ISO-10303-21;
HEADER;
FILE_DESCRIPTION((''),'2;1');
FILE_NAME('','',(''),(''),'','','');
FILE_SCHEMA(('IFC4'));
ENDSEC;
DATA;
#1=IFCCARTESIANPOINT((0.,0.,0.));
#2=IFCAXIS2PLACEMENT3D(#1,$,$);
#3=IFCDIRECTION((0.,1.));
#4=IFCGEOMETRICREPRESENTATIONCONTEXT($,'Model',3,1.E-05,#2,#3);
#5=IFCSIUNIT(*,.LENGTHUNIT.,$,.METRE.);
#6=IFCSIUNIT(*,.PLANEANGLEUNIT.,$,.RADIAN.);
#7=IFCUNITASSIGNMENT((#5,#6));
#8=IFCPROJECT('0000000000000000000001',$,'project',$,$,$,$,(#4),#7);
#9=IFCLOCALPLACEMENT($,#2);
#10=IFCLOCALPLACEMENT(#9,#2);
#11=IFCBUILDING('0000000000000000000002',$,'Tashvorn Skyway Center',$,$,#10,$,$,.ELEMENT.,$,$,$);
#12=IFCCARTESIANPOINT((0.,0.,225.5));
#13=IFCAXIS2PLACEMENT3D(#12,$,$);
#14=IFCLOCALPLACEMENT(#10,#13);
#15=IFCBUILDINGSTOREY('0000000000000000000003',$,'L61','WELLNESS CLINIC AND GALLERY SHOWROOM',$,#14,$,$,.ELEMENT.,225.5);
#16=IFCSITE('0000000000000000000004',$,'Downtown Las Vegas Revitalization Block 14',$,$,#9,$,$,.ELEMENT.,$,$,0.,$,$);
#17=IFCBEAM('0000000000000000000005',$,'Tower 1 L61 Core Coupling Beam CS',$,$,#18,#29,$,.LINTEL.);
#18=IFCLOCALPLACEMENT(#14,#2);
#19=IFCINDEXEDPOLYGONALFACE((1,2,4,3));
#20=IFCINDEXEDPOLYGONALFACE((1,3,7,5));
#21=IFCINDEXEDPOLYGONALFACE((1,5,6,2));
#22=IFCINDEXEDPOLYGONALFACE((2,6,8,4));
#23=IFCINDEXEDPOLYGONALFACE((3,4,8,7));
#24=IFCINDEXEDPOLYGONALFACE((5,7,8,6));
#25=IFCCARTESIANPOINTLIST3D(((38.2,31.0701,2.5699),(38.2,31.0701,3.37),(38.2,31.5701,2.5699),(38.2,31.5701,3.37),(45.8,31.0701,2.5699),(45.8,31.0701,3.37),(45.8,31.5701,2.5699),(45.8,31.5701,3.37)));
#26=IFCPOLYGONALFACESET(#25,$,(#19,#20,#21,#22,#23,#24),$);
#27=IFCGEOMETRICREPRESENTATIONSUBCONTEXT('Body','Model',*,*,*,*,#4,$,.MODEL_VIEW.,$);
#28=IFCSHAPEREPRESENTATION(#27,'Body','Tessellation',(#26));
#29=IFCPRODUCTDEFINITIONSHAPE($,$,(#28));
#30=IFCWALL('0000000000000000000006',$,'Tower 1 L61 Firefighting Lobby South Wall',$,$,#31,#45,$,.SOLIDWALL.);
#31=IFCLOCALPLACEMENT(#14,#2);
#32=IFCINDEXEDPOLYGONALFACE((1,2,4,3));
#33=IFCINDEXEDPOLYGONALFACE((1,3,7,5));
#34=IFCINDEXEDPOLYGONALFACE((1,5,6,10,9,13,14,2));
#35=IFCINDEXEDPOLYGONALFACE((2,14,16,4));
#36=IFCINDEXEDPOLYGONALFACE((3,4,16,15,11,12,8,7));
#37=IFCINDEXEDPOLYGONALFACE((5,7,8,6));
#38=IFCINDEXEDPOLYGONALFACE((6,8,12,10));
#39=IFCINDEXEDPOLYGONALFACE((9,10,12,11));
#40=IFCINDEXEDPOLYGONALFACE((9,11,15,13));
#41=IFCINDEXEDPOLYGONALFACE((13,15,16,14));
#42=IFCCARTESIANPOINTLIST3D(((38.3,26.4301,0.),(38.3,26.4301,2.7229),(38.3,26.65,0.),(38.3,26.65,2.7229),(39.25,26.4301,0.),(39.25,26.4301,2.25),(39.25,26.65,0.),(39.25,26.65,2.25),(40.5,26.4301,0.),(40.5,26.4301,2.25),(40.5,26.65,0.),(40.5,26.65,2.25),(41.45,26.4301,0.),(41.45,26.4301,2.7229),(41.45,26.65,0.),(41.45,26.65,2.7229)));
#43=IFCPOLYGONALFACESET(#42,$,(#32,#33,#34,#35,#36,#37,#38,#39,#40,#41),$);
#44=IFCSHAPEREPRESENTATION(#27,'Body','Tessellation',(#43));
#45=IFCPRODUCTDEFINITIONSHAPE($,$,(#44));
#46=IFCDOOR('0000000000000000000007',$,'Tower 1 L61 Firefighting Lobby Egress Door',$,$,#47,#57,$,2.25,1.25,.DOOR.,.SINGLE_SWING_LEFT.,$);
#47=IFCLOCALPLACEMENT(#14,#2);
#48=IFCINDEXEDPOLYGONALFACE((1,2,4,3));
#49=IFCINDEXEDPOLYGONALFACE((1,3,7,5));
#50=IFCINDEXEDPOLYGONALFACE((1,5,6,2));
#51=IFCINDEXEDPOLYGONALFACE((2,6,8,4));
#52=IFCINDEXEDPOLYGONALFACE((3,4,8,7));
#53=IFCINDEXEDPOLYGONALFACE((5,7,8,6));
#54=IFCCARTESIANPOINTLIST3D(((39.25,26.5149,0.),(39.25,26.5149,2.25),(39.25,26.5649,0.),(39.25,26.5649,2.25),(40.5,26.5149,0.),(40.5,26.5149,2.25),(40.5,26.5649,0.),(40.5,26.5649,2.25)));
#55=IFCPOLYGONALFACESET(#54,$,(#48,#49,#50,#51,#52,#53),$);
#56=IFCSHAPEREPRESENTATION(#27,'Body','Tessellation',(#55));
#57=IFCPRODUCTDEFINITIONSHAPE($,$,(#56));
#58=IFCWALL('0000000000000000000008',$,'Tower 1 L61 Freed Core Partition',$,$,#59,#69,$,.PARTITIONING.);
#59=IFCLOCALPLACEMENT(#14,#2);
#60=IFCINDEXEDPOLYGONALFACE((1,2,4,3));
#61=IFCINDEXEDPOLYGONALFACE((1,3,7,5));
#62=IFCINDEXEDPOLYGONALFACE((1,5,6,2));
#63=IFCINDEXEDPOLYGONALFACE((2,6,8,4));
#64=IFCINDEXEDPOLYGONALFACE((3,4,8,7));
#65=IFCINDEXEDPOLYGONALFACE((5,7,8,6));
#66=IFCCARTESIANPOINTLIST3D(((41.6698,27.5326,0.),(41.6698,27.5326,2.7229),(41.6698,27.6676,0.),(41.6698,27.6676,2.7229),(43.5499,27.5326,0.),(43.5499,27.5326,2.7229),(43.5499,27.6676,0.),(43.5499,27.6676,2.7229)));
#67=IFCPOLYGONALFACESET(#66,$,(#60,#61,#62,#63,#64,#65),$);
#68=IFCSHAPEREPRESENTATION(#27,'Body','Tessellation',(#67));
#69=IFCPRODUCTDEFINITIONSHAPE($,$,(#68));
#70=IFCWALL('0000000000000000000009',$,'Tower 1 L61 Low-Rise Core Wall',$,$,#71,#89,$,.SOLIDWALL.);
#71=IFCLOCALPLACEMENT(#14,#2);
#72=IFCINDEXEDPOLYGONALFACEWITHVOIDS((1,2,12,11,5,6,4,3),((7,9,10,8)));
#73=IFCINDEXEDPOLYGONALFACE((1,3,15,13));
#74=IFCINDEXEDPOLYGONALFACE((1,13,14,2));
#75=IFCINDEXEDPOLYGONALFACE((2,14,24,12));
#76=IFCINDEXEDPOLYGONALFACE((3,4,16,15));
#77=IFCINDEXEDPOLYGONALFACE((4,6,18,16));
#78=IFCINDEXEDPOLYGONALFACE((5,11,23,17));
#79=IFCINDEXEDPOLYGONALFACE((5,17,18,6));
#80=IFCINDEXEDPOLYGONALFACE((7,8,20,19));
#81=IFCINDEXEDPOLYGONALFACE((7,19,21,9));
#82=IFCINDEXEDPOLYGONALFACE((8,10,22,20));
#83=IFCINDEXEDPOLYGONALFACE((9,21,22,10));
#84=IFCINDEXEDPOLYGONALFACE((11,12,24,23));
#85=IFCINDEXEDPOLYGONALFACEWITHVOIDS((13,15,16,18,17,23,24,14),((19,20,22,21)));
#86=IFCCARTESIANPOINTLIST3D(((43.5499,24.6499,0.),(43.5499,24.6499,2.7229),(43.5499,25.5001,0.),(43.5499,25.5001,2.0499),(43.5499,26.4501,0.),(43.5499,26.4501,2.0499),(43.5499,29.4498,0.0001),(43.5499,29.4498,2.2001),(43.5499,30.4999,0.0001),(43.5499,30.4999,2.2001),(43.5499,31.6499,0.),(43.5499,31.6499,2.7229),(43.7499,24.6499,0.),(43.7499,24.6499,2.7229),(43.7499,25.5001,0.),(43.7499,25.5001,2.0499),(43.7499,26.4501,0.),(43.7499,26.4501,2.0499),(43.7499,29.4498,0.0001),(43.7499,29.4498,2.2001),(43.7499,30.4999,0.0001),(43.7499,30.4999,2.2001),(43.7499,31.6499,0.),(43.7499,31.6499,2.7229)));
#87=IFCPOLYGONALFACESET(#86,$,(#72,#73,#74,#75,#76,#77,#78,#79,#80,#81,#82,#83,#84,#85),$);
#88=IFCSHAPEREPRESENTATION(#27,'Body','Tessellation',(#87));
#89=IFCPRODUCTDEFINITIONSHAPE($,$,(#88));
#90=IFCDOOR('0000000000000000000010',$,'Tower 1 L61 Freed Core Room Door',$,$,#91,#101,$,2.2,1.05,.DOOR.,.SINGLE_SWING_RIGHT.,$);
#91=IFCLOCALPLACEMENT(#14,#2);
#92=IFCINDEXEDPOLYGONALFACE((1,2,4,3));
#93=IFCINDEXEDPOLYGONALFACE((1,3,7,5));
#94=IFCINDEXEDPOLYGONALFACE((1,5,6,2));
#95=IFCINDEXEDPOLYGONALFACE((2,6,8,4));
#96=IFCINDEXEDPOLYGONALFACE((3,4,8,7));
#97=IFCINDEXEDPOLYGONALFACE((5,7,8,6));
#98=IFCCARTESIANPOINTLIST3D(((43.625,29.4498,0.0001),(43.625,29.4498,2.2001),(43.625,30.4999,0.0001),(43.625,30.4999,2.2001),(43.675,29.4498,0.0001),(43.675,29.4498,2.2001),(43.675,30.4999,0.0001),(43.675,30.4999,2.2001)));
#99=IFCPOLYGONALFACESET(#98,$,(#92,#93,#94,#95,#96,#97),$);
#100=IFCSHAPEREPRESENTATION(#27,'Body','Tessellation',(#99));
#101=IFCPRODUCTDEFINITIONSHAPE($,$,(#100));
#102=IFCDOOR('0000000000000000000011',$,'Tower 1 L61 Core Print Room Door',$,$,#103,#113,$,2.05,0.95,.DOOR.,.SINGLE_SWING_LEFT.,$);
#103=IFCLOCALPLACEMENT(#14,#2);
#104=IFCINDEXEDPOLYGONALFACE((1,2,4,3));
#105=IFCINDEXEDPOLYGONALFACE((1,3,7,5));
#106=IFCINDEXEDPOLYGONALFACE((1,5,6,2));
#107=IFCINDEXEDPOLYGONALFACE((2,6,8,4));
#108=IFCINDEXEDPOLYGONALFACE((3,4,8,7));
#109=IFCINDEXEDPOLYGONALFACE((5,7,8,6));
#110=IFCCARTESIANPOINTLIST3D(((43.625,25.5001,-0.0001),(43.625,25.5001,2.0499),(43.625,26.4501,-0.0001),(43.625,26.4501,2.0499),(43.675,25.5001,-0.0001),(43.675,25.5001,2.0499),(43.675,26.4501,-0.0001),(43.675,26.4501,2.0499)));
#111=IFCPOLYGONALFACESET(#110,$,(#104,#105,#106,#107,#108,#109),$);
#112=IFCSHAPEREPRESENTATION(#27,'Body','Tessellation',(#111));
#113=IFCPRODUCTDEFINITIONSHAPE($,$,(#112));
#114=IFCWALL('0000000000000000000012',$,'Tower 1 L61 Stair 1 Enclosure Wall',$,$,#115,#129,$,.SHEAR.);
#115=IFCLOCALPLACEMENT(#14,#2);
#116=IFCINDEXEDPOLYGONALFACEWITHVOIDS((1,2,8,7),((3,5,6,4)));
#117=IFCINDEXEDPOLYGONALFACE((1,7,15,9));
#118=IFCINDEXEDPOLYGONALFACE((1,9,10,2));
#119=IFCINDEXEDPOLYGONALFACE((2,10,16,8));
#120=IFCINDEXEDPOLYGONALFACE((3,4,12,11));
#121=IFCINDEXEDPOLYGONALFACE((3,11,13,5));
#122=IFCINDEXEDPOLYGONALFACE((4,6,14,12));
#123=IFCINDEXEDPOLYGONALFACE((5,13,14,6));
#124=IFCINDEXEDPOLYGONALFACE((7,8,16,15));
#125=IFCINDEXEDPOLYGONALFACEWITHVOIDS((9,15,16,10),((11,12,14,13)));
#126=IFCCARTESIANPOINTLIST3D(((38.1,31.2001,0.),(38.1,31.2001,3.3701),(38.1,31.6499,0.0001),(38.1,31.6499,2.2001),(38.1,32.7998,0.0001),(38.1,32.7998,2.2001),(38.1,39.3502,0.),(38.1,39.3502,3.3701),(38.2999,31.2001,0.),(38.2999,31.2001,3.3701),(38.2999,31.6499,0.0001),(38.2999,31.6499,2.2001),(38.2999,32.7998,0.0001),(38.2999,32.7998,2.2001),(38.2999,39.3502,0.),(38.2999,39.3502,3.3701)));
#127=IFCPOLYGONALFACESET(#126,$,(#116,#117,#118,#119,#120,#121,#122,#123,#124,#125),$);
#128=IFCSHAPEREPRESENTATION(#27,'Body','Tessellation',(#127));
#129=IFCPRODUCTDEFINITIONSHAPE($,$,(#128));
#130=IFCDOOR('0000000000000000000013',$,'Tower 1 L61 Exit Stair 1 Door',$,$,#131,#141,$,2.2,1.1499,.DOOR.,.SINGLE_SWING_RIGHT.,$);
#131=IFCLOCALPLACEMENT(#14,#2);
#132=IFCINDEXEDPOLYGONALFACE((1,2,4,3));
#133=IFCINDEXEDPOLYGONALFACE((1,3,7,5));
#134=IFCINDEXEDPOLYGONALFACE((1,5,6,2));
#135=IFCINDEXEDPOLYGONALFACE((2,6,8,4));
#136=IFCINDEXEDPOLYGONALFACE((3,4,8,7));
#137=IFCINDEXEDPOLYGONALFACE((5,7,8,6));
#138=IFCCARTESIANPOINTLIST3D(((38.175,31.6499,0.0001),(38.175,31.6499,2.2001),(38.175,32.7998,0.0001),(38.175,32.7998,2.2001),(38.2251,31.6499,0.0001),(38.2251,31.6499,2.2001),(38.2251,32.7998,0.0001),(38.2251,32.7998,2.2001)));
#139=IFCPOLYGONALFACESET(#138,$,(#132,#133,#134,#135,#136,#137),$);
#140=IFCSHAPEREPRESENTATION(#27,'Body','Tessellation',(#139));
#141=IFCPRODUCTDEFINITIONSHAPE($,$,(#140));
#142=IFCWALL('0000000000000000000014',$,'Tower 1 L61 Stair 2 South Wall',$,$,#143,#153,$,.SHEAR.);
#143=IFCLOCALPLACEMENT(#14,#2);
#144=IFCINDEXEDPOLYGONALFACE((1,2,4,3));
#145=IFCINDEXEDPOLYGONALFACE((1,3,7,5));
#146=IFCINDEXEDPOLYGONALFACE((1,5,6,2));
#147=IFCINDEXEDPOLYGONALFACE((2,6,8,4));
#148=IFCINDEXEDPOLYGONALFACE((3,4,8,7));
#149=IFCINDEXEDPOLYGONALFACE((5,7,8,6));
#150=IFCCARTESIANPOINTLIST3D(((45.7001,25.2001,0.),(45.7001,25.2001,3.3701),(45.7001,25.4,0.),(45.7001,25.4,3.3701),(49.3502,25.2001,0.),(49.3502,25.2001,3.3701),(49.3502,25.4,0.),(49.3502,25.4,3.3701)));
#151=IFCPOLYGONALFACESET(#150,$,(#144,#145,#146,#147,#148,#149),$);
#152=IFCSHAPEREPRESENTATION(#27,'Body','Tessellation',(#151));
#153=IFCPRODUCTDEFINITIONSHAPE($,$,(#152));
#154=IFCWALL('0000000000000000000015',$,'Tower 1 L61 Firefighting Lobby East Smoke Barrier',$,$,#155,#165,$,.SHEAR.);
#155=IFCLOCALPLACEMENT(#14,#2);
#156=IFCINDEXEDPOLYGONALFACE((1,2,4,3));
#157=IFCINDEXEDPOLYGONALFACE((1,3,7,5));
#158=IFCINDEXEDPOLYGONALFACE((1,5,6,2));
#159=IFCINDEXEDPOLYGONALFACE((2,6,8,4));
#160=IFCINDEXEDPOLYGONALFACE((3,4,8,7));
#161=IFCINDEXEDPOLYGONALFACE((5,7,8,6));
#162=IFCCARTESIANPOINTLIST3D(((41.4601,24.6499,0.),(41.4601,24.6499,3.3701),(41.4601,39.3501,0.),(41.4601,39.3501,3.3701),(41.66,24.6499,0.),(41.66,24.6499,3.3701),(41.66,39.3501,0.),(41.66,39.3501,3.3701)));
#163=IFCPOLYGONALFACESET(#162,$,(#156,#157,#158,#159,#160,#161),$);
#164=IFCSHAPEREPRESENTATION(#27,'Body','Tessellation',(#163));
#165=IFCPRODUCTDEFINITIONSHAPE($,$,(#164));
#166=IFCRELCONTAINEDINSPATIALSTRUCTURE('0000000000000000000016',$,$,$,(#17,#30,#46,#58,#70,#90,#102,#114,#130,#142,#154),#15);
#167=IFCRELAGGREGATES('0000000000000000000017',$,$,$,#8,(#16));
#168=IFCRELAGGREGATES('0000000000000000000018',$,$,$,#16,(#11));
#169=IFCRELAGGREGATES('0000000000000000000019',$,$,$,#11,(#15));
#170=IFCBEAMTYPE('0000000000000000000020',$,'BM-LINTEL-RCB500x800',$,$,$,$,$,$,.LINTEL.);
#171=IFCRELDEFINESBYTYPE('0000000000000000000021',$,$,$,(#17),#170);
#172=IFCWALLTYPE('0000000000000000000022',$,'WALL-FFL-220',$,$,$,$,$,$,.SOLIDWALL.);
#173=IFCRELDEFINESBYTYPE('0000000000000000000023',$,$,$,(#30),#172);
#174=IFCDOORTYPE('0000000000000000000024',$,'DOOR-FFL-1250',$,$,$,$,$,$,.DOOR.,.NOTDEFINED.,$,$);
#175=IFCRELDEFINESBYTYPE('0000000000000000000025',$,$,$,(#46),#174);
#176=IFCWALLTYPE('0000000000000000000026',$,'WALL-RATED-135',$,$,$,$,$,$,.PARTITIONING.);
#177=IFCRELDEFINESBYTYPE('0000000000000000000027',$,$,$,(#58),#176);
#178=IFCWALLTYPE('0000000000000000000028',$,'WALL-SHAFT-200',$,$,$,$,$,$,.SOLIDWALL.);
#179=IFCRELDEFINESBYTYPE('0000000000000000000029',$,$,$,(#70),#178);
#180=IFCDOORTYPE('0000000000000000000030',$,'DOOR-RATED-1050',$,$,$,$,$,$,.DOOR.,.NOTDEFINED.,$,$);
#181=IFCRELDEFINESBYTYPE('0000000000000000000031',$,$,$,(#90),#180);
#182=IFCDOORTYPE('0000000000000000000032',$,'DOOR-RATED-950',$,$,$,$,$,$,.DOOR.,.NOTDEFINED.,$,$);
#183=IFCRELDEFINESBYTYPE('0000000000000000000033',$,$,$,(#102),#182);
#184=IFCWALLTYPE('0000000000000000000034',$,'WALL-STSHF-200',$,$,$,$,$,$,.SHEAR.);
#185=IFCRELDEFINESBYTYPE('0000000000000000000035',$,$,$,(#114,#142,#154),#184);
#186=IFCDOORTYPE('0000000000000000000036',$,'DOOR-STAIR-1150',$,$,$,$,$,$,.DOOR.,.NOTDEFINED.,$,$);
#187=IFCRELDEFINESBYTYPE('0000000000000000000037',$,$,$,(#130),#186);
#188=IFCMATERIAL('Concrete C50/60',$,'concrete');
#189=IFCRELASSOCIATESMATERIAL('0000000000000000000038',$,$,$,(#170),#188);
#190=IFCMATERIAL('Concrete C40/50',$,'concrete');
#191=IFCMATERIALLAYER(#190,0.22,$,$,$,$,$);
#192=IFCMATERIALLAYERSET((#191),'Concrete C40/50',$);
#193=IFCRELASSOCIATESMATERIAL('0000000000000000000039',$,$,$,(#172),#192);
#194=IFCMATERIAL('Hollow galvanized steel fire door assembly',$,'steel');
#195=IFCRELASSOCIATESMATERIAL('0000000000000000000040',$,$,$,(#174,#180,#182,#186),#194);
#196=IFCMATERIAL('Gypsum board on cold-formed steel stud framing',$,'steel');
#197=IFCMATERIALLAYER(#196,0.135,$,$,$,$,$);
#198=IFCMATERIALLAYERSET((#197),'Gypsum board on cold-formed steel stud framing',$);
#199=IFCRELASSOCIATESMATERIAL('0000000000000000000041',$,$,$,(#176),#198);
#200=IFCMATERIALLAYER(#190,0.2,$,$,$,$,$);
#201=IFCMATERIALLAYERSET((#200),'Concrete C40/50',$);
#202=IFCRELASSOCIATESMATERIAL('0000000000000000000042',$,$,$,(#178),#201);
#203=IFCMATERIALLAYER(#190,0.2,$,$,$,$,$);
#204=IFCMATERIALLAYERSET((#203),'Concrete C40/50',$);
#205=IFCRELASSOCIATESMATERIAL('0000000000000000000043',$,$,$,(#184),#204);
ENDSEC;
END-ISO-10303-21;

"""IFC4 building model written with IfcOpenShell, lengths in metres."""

from ifc_helpers import new_model, si_unit, direction, frame, frame_2d, origin, origin_2d, place, context, subcontext, project, spatial, rectangle, extrude, material, layer, layer_set, material_profile, profile_set, type_object, element, fill, save


model = new_model("IFC4")

# Units and contexts
model_context = context("Model", 3, precision=1e-05, world=origin(), true_north=direction((0.0, 1.0)))
body_context = subcontext(model_context, "Body", "Model", "MODEL_VIEW")
ifc_project = project(units=[si_unit("LENGTHUNIT", "METRE"), si_unit("PLANEANGLEUNIT", "RADIAN")], contexts=[model_context])

# Site, building, storey
site_placement = place(None, origin())
site = spatial("IfcSite", under=ifc_project, at=site_placement, Name="Downtown Las Vegas Revitalization Block 14", CompositionType="ELEMENT", RefElevation=0.0)
building_placement = place(site_placement, origin())
building = spatial("IfcBuilding", under=site, at=building_placement, Name="Tashvorn Skyway Center", CompositionType="ELEMENT")
storey_placement = place(building_placement, frame((0.0, 0.0, 225.5)))
storey = spatial("IfcBuildingStorey", under=building, at=storey_placement, Name="L61", Description="WELLNESS CLINIC AND GALLERY SHOWROOM", CompositionType="ELEMENT", Elevation=225.5)

# Beam
ifc_material_1 = material(Name="Concrete C50/60", Category="concrete")
ifc_material_profile = material_profile(ifc_material_1, rectangle(XDim=0.5, YDim=0.8, at=origin_2d()), Name="RCB500x800")
ifc_profile_set = profile_set([ifc_material_profile], Name="Concrete C50/60")
beam_type = type_object("IfcBeamType", Name="BM-LINTEL-RCB500x800", PredefinedType="LINTEL", material=ifc_profile_set)
beam_placement = place(storey_placement, frame((38.2, 31.3201, 2.97), z_axis=(1.0, 0.0, 0.0), x_axis=(0.0, 1.0, 0.0)))
element("IfcBeam", 1, at=beam_placement, inside=storey, type_object=beam_type, Name="Tower 1 L61 Core Coupling Beam CS", PredefinedType="LINTEL", context=body_context, shape_type="SweptSolid", body=[
    extrude(rectangle(XDim=0.5, YDim=0.8, at=origin_2d()), origin(), (0.0, 0.0, 1.0), 7.6001),
])

# Wall, opening, door
ifc_material_2 = material(Name="Concrete C40/50", Category="concrete")
ifc_layer_1 = layer(ifc_material_2, 0.22)
ifc_layer_set_1 = layer_set([ifc_layer_1], Name="Concrete C40/50")
wall_type_1 = type_object("IfcWallType", Name="WALL-FFL-220", PredefinedType="SOLIDWALL", material=ifc_layer_set_1)
wall_1_placement = place(storey_placement, frame((38.3, 26.54, 0.0), z_axis=(0.0, 0.0, 1.0), x_axis=(1.0, 0.0, 0.0)))
wall_1 = element("IfcWall", 2, at=wall_1_placement, inside=storey, type_object=wall_type_1, Name="Tower 1 L61 Firefighting Lobby South Wall", PredefinedType="SOLIDWALL", context=body_context, shape_type="SweptSolid", body=[
    extrude(rectangle(XDim=3.1499, YDim=0.22, at=frame_2d((1.575, 0.0))), origin(), (0.0, 0.0, 1.0), 2.7229),
])
opening_1_placement = place(wall_1_placement, frame((0.95, 0.0, 0.0)))
opening_1 = element("IfcOpeningElement", 3, at=opening_1_placement, cuts=wall_1, PredefinedType="OPENING", context=body_context, shape_type="SweptSolid", body=[
    extrude(rectangle(XDim=1.25, YDim=2.25, at=frame_2d((0.625, 1.125))), frame((0.0, 0.1199, 0.0), z_axis=(0.0, -1.0, 0.0), x_axis=(1.0, 0.0, 0.0)), (0.0, 0.0, 1.0), 0.24),
])
ifc_material_3 = material(Name="Hollow galvanized steel fire door assembly", Category="steel")
door_type_1 = type_object("IfcDoorType", Name="DOOR-FFL-1250", OperationType="NOTDEFINED", PredefinedType="DOOR", material=ifc_material_3)
door_1_placement = place(opening_1_placement, origin())
door_1 = element("IfcDoor", 4, at=door_1_placement, inside=storey, type_object=door_type_1, Name="Tower 1 L61 Firefighting Lobby Egress Door", OperationType="SINGLE_SWING_LEFT", OverallHeight=2.25, OverallWidth=1.25, PredefinedType="DOOR", context=body_context, shape_type="SweptSolid", body=[
    extrude(rectangle(XDim=1.25, YDim=2.25, at=frame_2d((0.625, 1.125))), frame((0.0, 0.0249, 0.0), z_axis=(0.0, -1.0, 0.0), x_axis=(1.0, 0.0, 0.0)), (0.0, 0.0, 1.0), 0.05),
])
fill(opening_1, door_1)

# Wall
ifc_material_4 = material(Name="Gypsum board on cold-formed steel stud framing", Category="steel")
ifc_layer_2 = layer(ifc_material_4, 0.135)
ifc_layer_set_2 = layer_set([ifc_layer_2], Name="Gypsum board on cold-formed steel stud framing")
wall_type_2 = type_object("IfcWallType", Name="WALL-RATED-135", PredefinedType="PARTITIONING", material=ifc_layer_set_2)
wall_2_placement = place(storey_placement, frame((41.6699, 27.6001, 0.0), z_axis=(0.0, 0.0, 1.0), x_axis=(1.0, 0.0, 0.0)))
element("IfcWall", 5, at=wall_2_placement, inside=storey, type_object=wall_type_2, Name="Tower 1 L61 Freed Core Partition", PredefinedType="PARTITIONING", context=body_context, shape_type="SweptSolid", body=[
    extrude(rectangle(XDim=1.8801, YDim=0.135, at=frame_2d((0.9399, 0.0))), origin(), (0.0, 0.0, 1.0), 2.7229),
])

# Wall, openings, doors
ifc_layer_3 = layer(ifc_material_2, 0.2)
ifc_layer_set_3 = layer_set([ifc_layer_3], Name="Concrete C40/50")
wall_type_3 = type_object("IfcWallType", Name="WALL-SHAFT-200", PredefinedType="SOLIDWALL", material=ifc_layer_set_3)
wall_3_placement = place(storey_placement, frame((43.6499, 24.6499, 0.0), z_axis=(0.0, 0.0, 1.0), x_axis=(0.0, 1.0, 0.0)))
wall_3 = element("IfcWall", 6, at=wall_3_placement, inside=storey, type_object=wall_type_3, Name="Tower 1 L61 Low-Rise Core Wall", PredefinedType="SOLIDWALL", context=body_context, shape_type="SweptSolid", body=[
    extrude(rectangle(XDim=7.0, YDim=0.2, at=frame_2d((3.5, 0.0))), origin(), (0.0, 0.0, 1.0), 2.7229),
])
opening_2_placement = place(wall_3_placement, frame((0.8501, 0.0, 0.0)))
opening_2 = element("IfcOpeningElement", 7, at=opening_2_placement, cuts=wall_3, PredefinedType="OPENING", context=body_context, shape_type="SweptSolid", body=[
    extrude(rectangle(XDim=0.95, YDim=2.05, at=frame_2d((0.4751, 1.0249))), frame((0.0, 0.1099, 0.0), z_axis=(0.0, -1.0, 0.0), x_axis=(1.0, 0.0, 0.0)), (0.0, 0.0, 1.0), 0.22),
])
opening_3_placement = place(wall_3_placement, frame((4.8, 0.0, 0.0)))
opening_3 = element("IfcOpeningElement", 8, at=opening_3_placement, cuts=wall_3, PredefinedType="OPENING", context=body_context, shape_type="SweptSolid", body=[
    extrude(rectangle(XDim=1.05, YDim=2.2, at=frame_2d((0.5249, 1.1001))), frame((0.0, 0.1099, 0.0), z_axis=(0.0, -1.0, 0.0), x_axis=(1.0, 0.0, 0.0)), (0.0, 0.0, 1.0), 0.22),
])
door_type_2 = type_object("IfcDoorType", Name="DOOR-RATED-1050", OperationType="NOTDEFINED", PredefinedType="DOOR", material=ifc_material_3)
door_2_placement = place(opening_3_placement, origin())
door_2 = element("IfcDoor", 9, at=door_2_placement, inside=storey, type_object=door_type_2, Name="Tower 1 L61 Freed Core Room Door", OperationType="SINGLE_SWING_RIGHT", OverallHeight=2.2, OverallWidth=1.05, PredefinedType="DOOR", context=body_context, shape_type="SweptSolid", body=[
    extrude(rectangle(XDim=1.05, YDim=2.2, at=frame_2d((0.5249, 1.1001))), frame((0.0, 0.0249, 0.0), z_axis=(0.0, -1.0, 0.0), x_axis=(1.0, 0.0, 0.0)), (0.0, 0.0, 1.0), 0.05),
])
fill(opening_3, door_2)
door_type_3 = type_object("IfcDoorType", Name="DOOR-RATED-950", OperationType="NOTDEFINED", PredefinedType="DOOR", material=ifc_material_3)
door_3_placement = place(opening_2_placement, origin())
door_3 = element("IfcDoor", 10, at=door_3_placement, inside=storey, type_object=door_type_3, Name="Tower 1 L61 Core Print Room Door", OperationType="SINGLE_SWING_LEFT", OverallHeight=2.05, OverallWidth=0.95, PredefinedType="DOOR", context=body_context, shape_type="SweptSolid", body=[
    extrude(rectangle(XDim=0.95, YDim=2.05, at=frame_2d((0.4751, 1.0249))), frame((0.0, 0.0249, 0.0), z_axis=(0.0, -1.0, 0.0), x_axis=(1.0, 0.0, 0.0)), (0.0, 0.0, 1.0), 0.05),
])
fill(opening_2, door_3)

# Wall, opening, door
ifc_layer_4 = layer(ifc_material_2, 0.2)
ifc_layer_set_4 = layer_set([ifc_layer_4], Name="Concrete C40/50")
wall_type_4 = type_object("IfcWallType", Name="WALL-STSHF-200", PredefinedType="SHEAR", material=ifc_layer_set_4)
wall_4_placement = place(storey_placement, frame((38.2, 31.2, 0.0), z_axis=(0.0, 0.0, 1.0), x_axis=(0.0, 1.0, 0.0)))
wall_4 = element("IfcWall", 11, at=wall_4_placement, inside=storey, type_object=wall_type_4, Name="Tower 1 L61 Stair 1 Enclosure Wall", PredefinedType="SHEAR", context=body_context, shape_type="SweptSolid", body=[
    extrude(rectangle(XDim=8.1501, YDim=0.2, at=frame_2d((4.0752, 0.0))), origin(), (0.0, 0.0, 1.0), 3.3701),
])
opening_4_placement = place(wall_4_placement, frame((0.45, 0.0, 0.0)))
opening_4 = element("IfcOpeningElement", 12, at=opening_4_placement, cuts=wall_4, PredefinedType="OPENING", context=body_context, shape_type="SweptSolid", body=[
    extrude(rectangle(XDim=1.1499, YDim=2.2, at=frame_2d((0.575, 1.1001))), frame((0.0, 0.1099, 0.0), z_axis=(0.0, -1.0, 0.0), x_axis=(1.0, 0.0, 0.0)), (0.0, 0.0, 1.0), 0.22),
])
door_type_4 = type_object("IfcDoorType", Name="DOOR-STAIR-1150", OperationType="NOTDEFINED", PredefinedType="DOOR", material=ifc_material_3)
door_4_placement = place(opening_4_placement, origin())
door_4 = element("IfcDoor", 13, at=door_4_placement, inside=storey, type_object=door_type_4, Name="Tower 1 L61 Exit Stair 1 Door", OperationType="SINGLE_SWING_RIGHT", OverallHeight=2.2, OverallWidth=1.1499, PredefinedType="DOOR", context=body_context, shape_type="SweptSolid", body=[
    extrude(rectangle(XDim=1.1499, YDim=2.2, at=frame_2d((0.575, 1.1001))), frame((0.0, 0.0249, 0.0), z_axis=(0.0, -1.0, 0.0), x_axis=(1.0, 0.0, 0.0)), (0.0, 0.0, 1.0), 0.05),
])
fill(opening_4, door_4)

# Walls
wall_5_placement = place(storey_placement, frame((45.7, 25.3, 0.0), z_axis=(0.0, 0.0, 1.0), x_axis=(1.0, 0.0, 0.0)))
element("IfcWall", 14, at=wall_5_placement, inside=storey, type_object=wall_type_4, Name="Tower 1 L61 Stair 2 South Wall", PredefinedType="SHEAR", context=body_context, shape_type="SweptSolid", body=[
    extrude(rectangle(XDim=3.6501, YDim=0.2, at=frame_2d((1.8252, 0.0))), origin(), (0.0, 0.0, 1.0), 3.3701),
])
wall_6_placement = place(storey_placement, frame((41.5601, 24.6499, 0.0), z_axis=(0.0, 0.0, 1.0), x_axis=(0.0, 1.0, 0.0)))
element("IfcWall", 15, at=wall_6_placement, inside=storey, type_object=wall_type_4, Name="Tower 1 L61 Firefighting Lobby East Smoke Barrier", PredefinedType="SHEAR", context=body_context, shape_type="SweptSolid", body=[
    extrude(rectangle(XDim=14.7002, YDim=0.2, at=frame_2d((7.3501, 0.0))), origin(), (0.0, 0.0, 1.0), 3.3701),
])

save(model, "model.ifc")
